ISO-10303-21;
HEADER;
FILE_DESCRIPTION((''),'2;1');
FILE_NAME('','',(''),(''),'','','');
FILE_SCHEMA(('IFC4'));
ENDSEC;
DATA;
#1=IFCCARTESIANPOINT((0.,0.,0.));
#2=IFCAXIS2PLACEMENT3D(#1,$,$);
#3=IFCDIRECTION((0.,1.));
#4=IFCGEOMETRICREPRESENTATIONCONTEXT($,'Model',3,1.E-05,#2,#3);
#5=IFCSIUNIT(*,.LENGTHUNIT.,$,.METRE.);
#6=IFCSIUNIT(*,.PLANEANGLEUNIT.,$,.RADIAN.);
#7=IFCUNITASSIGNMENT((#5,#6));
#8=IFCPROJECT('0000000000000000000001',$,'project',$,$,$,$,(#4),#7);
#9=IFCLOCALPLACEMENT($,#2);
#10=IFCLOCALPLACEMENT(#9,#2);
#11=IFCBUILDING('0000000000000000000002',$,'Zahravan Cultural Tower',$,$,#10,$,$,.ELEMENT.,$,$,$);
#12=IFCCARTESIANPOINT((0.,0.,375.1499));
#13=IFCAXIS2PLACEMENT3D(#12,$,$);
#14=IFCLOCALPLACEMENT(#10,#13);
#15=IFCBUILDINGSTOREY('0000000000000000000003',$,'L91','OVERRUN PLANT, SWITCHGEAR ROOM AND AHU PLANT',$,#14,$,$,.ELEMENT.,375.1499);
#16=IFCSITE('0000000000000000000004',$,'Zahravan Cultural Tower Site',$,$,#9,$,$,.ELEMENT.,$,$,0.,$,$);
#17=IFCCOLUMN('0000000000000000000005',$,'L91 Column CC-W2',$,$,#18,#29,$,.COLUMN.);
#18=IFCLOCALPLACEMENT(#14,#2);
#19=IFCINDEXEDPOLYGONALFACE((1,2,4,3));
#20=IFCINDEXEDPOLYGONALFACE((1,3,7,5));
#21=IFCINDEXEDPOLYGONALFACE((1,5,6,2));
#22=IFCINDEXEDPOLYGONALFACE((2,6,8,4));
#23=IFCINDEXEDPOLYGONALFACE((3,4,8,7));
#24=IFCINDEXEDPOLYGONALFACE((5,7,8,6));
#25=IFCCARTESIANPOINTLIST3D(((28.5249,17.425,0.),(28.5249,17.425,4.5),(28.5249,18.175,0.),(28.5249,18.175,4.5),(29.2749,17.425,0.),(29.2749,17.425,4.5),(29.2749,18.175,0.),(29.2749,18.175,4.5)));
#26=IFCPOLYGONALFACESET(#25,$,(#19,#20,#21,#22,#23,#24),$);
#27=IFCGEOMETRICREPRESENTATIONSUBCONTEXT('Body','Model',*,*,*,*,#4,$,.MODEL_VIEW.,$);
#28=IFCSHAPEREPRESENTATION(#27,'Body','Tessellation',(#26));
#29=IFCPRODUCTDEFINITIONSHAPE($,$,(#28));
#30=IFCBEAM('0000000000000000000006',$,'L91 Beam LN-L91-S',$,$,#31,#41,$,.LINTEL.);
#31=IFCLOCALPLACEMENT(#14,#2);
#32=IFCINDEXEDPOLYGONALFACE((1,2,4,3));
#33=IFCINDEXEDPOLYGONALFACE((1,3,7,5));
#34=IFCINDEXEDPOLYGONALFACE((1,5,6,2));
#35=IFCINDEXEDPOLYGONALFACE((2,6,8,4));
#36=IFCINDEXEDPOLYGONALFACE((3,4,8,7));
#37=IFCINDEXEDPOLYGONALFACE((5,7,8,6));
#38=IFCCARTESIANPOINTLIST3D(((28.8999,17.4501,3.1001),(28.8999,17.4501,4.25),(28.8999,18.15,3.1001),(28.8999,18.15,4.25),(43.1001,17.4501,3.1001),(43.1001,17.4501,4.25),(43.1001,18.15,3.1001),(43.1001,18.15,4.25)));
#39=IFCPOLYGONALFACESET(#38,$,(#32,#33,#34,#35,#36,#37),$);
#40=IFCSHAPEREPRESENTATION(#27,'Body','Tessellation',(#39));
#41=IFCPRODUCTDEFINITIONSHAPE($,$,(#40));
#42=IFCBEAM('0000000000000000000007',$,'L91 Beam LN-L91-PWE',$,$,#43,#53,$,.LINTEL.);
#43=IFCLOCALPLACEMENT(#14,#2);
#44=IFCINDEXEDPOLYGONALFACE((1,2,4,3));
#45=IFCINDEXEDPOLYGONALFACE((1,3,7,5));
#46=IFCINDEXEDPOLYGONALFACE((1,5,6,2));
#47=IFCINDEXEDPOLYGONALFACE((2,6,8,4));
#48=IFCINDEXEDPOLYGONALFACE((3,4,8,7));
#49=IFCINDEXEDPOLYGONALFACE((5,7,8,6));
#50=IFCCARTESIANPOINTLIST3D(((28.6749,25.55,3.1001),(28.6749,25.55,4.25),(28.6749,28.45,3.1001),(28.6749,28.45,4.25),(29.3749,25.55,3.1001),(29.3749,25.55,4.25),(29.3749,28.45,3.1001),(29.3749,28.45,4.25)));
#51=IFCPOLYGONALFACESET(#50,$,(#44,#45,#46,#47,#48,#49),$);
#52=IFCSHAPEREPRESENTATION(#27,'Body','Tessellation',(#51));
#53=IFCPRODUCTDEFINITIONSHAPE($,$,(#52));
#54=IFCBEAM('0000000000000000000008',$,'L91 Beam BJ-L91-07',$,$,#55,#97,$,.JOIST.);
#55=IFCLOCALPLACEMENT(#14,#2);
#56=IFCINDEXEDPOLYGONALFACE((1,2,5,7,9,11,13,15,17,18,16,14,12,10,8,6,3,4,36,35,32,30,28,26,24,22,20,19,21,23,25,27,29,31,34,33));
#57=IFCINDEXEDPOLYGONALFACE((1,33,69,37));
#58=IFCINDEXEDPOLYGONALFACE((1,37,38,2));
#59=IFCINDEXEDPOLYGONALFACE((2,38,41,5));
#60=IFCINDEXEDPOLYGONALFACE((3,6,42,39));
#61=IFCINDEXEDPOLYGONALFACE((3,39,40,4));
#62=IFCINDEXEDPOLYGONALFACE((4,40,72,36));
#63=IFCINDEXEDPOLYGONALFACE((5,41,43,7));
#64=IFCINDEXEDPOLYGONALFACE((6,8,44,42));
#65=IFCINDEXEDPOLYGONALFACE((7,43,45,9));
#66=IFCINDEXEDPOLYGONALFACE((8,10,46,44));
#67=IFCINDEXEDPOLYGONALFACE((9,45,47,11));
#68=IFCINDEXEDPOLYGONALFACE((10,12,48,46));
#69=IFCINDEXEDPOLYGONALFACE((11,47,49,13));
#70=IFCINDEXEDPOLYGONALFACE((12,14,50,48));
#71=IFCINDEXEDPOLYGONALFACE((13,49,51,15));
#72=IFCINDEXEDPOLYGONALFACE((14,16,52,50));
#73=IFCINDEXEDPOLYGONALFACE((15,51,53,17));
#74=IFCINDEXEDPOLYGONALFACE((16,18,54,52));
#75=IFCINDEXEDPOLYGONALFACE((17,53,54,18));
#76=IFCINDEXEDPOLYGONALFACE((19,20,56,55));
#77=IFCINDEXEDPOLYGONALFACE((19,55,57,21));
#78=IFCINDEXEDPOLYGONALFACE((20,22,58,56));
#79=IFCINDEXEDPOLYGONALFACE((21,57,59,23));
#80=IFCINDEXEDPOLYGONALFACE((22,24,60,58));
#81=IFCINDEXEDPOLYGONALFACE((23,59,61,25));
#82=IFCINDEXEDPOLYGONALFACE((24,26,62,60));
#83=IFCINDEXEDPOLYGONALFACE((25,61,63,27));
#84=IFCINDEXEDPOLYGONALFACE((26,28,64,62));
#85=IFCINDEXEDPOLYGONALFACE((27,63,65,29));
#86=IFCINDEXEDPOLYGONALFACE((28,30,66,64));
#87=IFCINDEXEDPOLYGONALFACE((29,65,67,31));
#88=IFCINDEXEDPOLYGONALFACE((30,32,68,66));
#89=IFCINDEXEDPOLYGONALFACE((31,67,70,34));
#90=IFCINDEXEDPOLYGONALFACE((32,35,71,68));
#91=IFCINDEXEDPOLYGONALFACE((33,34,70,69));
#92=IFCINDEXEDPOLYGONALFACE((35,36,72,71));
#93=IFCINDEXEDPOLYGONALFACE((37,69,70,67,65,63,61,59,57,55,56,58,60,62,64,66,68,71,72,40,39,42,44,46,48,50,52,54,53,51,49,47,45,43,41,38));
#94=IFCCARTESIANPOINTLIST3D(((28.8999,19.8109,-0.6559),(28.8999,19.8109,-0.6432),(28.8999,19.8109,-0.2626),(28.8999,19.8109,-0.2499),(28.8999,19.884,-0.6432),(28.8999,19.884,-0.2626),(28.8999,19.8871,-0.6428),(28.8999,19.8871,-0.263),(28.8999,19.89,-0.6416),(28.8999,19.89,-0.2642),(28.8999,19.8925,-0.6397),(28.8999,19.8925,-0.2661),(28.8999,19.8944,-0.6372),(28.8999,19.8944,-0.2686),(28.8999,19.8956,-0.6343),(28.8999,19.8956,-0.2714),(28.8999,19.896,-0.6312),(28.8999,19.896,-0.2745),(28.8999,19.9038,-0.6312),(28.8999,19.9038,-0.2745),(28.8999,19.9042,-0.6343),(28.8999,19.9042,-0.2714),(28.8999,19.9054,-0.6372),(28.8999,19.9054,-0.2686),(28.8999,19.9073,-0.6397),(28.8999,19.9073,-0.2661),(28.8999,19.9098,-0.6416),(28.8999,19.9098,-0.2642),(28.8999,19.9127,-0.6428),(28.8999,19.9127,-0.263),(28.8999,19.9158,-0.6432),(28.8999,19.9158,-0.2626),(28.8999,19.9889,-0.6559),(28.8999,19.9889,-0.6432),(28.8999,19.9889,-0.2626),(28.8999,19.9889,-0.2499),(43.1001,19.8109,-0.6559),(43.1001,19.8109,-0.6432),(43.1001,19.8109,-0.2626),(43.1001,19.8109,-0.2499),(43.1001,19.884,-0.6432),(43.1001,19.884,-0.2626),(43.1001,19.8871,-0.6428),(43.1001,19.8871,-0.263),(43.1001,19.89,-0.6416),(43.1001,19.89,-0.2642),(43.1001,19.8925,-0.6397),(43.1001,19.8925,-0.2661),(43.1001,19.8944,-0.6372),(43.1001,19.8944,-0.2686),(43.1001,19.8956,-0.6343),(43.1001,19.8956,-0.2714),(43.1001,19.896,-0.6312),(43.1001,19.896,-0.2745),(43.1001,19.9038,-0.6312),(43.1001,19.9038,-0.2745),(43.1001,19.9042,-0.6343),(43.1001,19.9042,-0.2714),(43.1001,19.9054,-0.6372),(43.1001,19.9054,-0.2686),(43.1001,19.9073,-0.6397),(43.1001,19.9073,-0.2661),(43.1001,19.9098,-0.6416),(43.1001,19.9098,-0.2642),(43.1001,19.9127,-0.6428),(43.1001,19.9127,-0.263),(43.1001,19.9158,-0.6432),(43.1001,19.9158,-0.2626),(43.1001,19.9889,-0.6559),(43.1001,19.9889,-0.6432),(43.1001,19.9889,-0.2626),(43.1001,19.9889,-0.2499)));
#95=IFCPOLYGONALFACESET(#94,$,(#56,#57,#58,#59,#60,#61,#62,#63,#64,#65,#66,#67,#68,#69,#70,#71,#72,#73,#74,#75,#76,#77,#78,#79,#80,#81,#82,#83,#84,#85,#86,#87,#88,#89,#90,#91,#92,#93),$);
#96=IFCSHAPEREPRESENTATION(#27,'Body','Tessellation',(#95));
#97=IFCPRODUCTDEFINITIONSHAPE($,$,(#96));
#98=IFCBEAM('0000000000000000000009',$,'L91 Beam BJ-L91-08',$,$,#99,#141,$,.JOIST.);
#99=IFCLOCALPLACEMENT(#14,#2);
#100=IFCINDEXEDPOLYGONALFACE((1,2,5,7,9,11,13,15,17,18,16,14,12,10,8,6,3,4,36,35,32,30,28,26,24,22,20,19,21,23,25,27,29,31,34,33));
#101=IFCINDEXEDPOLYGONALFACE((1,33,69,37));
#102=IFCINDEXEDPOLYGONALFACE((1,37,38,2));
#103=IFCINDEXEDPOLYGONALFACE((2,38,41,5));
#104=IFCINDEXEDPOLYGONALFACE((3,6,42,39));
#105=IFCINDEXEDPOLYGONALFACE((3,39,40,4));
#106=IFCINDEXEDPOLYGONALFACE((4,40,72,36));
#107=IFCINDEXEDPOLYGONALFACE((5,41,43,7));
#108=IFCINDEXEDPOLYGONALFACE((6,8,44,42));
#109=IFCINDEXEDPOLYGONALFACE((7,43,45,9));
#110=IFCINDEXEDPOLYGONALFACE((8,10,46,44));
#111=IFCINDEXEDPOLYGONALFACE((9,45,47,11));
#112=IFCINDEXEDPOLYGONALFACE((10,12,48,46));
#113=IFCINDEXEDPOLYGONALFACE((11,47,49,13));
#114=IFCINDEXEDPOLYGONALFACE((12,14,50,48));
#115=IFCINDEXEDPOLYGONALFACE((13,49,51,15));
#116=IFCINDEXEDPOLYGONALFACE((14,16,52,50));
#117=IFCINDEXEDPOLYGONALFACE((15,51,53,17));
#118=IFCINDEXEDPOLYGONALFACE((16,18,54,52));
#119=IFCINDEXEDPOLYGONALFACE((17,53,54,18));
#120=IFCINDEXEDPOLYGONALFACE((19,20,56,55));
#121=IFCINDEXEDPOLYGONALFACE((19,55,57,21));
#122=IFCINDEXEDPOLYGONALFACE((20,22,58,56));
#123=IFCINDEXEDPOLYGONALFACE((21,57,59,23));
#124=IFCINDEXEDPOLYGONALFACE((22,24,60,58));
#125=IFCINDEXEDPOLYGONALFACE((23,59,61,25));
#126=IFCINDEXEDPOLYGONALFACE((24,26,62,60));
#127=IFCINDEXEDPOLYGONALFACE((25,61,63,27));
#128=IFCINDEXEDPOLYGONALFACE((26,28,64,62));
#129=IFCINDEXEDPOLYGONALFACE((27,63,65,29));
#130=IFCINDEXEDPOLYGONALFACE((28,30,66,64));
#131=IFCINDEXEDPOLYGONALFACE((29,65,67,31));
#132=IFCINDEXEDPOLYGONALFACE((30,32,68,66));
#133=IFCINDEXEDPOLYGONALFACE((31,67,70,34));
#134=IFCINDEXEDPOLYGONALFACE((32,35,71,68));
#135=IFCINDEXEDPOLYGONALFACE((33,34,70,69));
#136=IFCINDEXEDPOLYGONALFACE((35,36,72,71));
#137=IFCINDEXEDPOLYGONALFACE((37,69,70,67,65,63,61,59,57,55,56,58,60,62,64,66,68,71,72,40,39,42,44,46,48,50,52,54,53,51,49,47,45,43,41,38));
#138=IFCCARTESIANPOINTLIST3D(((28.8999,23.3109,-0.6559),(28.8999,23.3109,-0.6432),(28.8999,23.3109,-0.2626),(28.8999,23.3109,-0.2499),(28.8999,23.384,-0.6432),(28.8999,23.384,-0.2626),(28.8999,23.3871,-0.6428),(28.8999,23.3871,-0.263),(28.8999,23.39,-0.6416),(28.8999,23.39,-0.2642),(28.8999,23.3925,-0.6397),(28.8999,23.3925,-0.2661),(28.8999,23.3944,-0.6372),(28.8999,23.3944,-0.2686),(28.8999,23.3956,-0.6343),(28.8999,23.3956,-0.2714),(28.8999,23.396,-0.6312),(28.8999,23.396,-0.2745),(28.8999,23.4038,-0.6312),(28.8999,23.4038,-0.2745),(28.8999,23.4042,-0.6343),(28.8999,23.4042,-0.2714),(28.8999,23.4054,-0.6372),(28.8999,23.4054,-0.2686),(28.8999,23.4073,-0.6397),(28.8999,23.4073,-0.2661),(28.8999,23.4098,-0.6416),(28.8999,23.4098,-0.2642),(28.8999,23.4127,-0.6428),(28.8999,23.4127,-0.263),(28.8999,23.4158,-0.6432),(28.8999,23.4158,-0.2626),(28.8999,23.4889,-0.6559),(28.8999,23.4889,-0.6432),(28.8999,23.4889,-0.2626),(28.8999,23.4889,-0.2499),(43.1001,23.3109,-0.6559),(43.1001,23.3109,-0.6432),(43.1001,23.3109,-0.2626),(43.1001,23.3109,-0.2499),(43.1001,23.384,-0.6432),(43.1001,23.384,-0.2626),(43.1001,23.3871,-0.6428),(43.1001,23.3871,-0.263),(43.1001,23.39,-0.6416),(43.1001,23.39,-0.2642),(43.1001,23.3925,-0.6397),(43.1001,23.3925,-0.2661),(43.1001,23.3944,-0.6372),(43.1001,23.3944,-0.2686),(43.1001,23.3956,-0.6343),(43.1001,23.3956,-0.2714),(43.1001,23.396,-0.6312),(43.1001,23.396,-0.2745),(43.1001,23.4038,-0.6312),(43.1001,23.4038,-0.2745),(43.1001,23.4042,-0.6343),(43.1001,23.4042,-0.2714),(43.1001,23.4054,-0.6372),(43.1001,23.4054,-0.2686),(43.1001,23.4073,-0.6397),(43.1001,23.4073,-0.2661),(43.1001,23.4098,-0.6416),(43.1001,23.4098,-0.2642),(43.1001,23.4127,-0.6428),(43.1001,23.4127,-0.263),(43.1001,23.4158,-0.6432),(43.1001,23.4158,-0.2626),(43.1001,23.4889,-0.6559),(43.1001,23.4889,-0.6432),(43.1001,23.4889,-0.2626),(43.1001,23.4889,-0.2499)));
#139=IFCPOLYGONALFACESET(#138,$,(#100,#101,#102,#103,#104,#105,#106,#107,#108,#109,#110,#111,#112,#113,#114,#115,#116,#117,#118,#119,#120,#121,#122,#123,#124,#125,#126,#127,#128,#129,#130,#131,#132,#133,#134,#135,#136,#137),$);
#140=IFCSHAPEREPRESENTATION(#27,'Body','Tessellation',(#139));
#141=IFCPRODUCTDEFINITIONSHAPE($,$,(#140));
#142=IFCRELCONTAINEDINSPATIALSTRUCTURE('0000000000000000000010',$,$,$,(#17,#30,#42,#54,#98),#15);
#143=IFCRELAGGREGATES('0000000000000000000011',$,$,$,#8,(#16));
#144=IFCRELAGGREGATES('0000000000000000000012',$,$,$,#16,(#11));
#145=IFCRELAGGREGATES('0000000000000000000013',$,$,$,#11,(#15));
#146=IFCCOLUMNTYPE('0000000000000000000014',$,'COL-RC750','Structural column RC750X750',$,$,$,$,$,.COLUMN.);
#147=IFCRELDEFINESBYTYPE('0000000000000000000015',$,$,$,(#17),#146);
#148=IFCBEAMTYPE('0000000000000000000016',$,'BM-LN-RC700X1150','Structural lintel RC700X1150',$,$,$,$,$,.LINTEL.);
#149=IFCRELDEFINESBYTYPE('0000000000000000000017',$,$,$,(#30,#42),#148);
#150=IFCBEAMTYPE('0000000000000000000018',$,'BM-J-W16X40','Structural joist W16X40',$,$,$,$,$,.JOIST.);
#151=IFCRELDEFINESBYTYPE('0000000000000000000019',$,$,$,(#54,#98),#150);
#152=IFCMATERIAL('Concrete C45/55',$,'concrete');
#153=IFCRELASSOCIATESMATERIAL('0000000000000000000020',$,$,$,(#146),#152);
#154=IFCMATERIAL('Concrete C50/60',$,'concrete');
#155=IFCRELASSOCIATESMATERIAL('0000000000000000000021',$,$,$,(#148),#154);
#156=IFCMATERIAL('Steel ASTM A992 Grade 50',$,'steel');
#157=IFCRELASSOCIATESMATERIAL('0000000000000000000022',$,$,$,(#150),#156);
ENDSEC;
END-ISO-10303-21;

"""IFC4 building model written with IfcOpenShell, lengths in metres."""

from ifc_helpers import new_model, si_unit, direction, frame, origin, origin_2d, place, context, subcontext, project, spatial, rectangle, i_section, extrude, source, transform, mapped, material, material_profile, profile_set, type_object, element, save


model = new_model("IFC4")

# Units and contexts
model_context = context("Model", 3, precision=1e-05, world=origin(), true_north=direction((0.0, 1.0)))
body_context = subcontext(model_context, "Body", "Model", "MODEL_VIEW")
ifc_project = project(units=[si_unit("LENGTHUNIT", "METRE"), si_unit("PLANEANGLEUNIT", "RADIAN")], contexts=[model_context])

# Site, building, storey
site_placement = place(None, origin())
site = spatial("IfcSite", under=ifc_project, at=site_placement, Name="Zahravan Cultural Tower Site", CompositionType="ELEMENT", RefElevation=0.0)
building_placement = place(site_placement, origin())
building = spatial("IfcBuilding", under=site, at=building_placement, Name="Zahravan Cultural Tower", CompositionType="ELEMENT")
storey_placement = place(building_placement, frame((0.0, 0.0, 375.1499)))
storey = spatial("IfcBuildingStorey", under=building, at=storey_placement, Name="L91", Description="OVERRUN PLANT, SWITCHGEAR ROOM AND AHU PLANT", CompositionType="ELEMENT", Elevation=375.1499)

# Column
ifc_material_1 = material(Name="Concrete C45/55", Category="concrete")
ifc_material_profile_1 = material_profile(ifc_material_1, rectangle(XDim=0.75, YDim=0.75, at=origin_2d()), Name="RC750X750")
ifc_profile_set_1 = profile_set([ifc_material_profile_1], Name="Concrete C45/55")
column_type = type_object("IfcColumnType", Name="COL-RC750", Description="Structural column RC750X750", PredefinedType="COLUMN", material=ifc_profile_set_1)
shared_shape_1 = source(origin(), body_context, "Body", "SweptSolid", [
    extrude(rectangle(XDim=0.75, YDim=0.75, at=origin_2d()), origin(), (0.0, 0.0, 1.0), 4.5),
])
column_placement = place(storey_placement, frame((28.8999, 17.8, 0.0), z_axis=(0.0, 0.0, 1.0), x_axis=(1.0, 0.0, 0.0)))
element("IfcColumn", 1, at=column_placement, inside=storey, type_object=column_type, Name="L91 Column CC-W2", PredefinedType="COLUMN", context=body_context, shape_type="MappedRepresentation", body=[
    mapped(shared_shape_1, transform((0.0, 0.0, 0.0), x_axis=(1.0, 0.0, 0.0), y_axis=(0.0, 1.0, 0.0), z_axis=(0.0, 0.0, 1.0), scale=1.0)),
])

# Beams
ifc_material_2 = material(Name="Concrete C50/60", Category="concrete")
ifc_material_profile_2 = material_profile(ifc_material_2, rectangle(XDim=0.7, YDim=1.1499, at=origin_2d()), Name="RC700X1150")
ifc_profile_set_2 = profile_set([ifc_material_profile_2], Name="Concrete C50/60")
beam_type_1 = type_object("IfcBeamType", Name="BM-LN-RC700X1150", Description="Structural lintel RC700X1150", PredefinedType="LINTEL", material=ifc_profile_set_2)
shared_shape_2 = source(origin(), body_context, "Body", "SweptSolid", [
    extrude(rectangle(XDim=0.7, YDim=1.1499, at=origin_2d()), origin(), (0.0, 0.0, 1.0), 14.2002),
])
beam_1_placement = place(storey_placement, frame((28.8999, 17.8, 3.675), z_axis=(1.0, 0.0, 0.0), x_axis=(0.0, 1.0, 0.0)))
element("IfcBeam", 2, at=beam_1_placement, inside=storey, type_object=beam_type_1, Name="L91 Beam LN-L91-S", PredefinedType="LINTEL", context=body_context, shape_type="MappedRepresentation", body=[
    mapped(shared_shape_2, transform((0.0, 0.0, 0.0), x_axis=(1.0, 0.0, 0.0), y_axis=(0.0, 1.0, 0.0), z_axis=(0.0, 0.0, 1.0), scale=1.0)),
])
shared_shape_3 = source(origin(), body_context, "Body", "SweptSolid", [
    extrude(rectangle(XDim=0.7, YDim=1.1499, at=origin_2d()), origin(), (0.0, 0.0, 1.0), 2.8999),
])
beam_2_placement = place(storey_placement, frame((29.0249, 25.55, 3.675), z_axis=(0.0, 1.0, 0.0), x_axis=(-1.0, 0.0, 0.0)))
element("IfcBeam", 3, at=beam_2_placement, inside=storey, type_object=beam_type_1, Name="L91 Beam LN-L91-PWE", PredefinedType="LINTEL", context=body_context, shape_type="MappedRepresentation", body=[
    mapped(shared_shape_3, transform((0.0, 0.0, 0.0), x_axis=(1.0, 0.0, 0.0), y_axis=(0.0, 1.0, 0.0), z_axis=(0.0, 0.0, 1.0), scale=1.0)),
])
ifc_material_3 = material(Name="Steel ASTM A992 Grade 50", Category="steel")
ifc_material_profile_3 = material_profile(ifc_material_3, i_section(OverallWidth=0.178, OverallDepth=0.406, WebThickness=0.0078, FlangeThickness=0.0127, FilletRadius=0.012, at=origin_2d()), Name="W16X40")
ifc_profile_set_3 = profile_set([ifc_material_profile_3], Name="Steel ASTM A992 Grade 50")
beam_type_2 = type_object("IfcBeamType", Name="BM-J-W16X40", Description="Structural joist W16X40", PredefinedType="JOIST", material=ifc_profile_set_3)
shared_shape_4 = source(origin(), body_context, "Body", "SweptSolid", [
    extrude(i_section(OverallWidth=0.178, OverallDepth=0.406, WebThickness=0.0078, FlangeThickness=0.0127, FilletRadius=0.012, at=origin_2d()), origin(), (0.0, 0.0, 1.0), 14.2002),
])
for number, where, z_axis, x_axis, name in (
    (4, (28.8999, 19.8999, -0.4529), (1.0, 0.0, 0.0), (0.0, 1.0, 0.0), "L91 Beam BJ-L91-07"),
    (5, (28.8999, 23.3999, -0.4529), (1.0, 0.0, 0.0), (0.0, 1.0, 0.0), "L91 Beam BJ-L91-08"),
):
    element("IfcBeam", number, at=place(storey_placement, frame(where, z_axis=z_axis, x_axis=x_axis)), inside=storey, type_object=beam_type_2, Name=name, PredefinedType="JOIST", context=body_context, shape_type="MappedRepresentation", body=[
        mapped(shared_shape_4, transform((0.0, 0.0, 0.0), x_axis=(1.0, 0.0, 0.0), y_axis=(0.0, 1.0, 0.0), z_axis=(0.0, 0.0, 1.0), scale=1.0)),
    ])

save(model, "model.ifc")
